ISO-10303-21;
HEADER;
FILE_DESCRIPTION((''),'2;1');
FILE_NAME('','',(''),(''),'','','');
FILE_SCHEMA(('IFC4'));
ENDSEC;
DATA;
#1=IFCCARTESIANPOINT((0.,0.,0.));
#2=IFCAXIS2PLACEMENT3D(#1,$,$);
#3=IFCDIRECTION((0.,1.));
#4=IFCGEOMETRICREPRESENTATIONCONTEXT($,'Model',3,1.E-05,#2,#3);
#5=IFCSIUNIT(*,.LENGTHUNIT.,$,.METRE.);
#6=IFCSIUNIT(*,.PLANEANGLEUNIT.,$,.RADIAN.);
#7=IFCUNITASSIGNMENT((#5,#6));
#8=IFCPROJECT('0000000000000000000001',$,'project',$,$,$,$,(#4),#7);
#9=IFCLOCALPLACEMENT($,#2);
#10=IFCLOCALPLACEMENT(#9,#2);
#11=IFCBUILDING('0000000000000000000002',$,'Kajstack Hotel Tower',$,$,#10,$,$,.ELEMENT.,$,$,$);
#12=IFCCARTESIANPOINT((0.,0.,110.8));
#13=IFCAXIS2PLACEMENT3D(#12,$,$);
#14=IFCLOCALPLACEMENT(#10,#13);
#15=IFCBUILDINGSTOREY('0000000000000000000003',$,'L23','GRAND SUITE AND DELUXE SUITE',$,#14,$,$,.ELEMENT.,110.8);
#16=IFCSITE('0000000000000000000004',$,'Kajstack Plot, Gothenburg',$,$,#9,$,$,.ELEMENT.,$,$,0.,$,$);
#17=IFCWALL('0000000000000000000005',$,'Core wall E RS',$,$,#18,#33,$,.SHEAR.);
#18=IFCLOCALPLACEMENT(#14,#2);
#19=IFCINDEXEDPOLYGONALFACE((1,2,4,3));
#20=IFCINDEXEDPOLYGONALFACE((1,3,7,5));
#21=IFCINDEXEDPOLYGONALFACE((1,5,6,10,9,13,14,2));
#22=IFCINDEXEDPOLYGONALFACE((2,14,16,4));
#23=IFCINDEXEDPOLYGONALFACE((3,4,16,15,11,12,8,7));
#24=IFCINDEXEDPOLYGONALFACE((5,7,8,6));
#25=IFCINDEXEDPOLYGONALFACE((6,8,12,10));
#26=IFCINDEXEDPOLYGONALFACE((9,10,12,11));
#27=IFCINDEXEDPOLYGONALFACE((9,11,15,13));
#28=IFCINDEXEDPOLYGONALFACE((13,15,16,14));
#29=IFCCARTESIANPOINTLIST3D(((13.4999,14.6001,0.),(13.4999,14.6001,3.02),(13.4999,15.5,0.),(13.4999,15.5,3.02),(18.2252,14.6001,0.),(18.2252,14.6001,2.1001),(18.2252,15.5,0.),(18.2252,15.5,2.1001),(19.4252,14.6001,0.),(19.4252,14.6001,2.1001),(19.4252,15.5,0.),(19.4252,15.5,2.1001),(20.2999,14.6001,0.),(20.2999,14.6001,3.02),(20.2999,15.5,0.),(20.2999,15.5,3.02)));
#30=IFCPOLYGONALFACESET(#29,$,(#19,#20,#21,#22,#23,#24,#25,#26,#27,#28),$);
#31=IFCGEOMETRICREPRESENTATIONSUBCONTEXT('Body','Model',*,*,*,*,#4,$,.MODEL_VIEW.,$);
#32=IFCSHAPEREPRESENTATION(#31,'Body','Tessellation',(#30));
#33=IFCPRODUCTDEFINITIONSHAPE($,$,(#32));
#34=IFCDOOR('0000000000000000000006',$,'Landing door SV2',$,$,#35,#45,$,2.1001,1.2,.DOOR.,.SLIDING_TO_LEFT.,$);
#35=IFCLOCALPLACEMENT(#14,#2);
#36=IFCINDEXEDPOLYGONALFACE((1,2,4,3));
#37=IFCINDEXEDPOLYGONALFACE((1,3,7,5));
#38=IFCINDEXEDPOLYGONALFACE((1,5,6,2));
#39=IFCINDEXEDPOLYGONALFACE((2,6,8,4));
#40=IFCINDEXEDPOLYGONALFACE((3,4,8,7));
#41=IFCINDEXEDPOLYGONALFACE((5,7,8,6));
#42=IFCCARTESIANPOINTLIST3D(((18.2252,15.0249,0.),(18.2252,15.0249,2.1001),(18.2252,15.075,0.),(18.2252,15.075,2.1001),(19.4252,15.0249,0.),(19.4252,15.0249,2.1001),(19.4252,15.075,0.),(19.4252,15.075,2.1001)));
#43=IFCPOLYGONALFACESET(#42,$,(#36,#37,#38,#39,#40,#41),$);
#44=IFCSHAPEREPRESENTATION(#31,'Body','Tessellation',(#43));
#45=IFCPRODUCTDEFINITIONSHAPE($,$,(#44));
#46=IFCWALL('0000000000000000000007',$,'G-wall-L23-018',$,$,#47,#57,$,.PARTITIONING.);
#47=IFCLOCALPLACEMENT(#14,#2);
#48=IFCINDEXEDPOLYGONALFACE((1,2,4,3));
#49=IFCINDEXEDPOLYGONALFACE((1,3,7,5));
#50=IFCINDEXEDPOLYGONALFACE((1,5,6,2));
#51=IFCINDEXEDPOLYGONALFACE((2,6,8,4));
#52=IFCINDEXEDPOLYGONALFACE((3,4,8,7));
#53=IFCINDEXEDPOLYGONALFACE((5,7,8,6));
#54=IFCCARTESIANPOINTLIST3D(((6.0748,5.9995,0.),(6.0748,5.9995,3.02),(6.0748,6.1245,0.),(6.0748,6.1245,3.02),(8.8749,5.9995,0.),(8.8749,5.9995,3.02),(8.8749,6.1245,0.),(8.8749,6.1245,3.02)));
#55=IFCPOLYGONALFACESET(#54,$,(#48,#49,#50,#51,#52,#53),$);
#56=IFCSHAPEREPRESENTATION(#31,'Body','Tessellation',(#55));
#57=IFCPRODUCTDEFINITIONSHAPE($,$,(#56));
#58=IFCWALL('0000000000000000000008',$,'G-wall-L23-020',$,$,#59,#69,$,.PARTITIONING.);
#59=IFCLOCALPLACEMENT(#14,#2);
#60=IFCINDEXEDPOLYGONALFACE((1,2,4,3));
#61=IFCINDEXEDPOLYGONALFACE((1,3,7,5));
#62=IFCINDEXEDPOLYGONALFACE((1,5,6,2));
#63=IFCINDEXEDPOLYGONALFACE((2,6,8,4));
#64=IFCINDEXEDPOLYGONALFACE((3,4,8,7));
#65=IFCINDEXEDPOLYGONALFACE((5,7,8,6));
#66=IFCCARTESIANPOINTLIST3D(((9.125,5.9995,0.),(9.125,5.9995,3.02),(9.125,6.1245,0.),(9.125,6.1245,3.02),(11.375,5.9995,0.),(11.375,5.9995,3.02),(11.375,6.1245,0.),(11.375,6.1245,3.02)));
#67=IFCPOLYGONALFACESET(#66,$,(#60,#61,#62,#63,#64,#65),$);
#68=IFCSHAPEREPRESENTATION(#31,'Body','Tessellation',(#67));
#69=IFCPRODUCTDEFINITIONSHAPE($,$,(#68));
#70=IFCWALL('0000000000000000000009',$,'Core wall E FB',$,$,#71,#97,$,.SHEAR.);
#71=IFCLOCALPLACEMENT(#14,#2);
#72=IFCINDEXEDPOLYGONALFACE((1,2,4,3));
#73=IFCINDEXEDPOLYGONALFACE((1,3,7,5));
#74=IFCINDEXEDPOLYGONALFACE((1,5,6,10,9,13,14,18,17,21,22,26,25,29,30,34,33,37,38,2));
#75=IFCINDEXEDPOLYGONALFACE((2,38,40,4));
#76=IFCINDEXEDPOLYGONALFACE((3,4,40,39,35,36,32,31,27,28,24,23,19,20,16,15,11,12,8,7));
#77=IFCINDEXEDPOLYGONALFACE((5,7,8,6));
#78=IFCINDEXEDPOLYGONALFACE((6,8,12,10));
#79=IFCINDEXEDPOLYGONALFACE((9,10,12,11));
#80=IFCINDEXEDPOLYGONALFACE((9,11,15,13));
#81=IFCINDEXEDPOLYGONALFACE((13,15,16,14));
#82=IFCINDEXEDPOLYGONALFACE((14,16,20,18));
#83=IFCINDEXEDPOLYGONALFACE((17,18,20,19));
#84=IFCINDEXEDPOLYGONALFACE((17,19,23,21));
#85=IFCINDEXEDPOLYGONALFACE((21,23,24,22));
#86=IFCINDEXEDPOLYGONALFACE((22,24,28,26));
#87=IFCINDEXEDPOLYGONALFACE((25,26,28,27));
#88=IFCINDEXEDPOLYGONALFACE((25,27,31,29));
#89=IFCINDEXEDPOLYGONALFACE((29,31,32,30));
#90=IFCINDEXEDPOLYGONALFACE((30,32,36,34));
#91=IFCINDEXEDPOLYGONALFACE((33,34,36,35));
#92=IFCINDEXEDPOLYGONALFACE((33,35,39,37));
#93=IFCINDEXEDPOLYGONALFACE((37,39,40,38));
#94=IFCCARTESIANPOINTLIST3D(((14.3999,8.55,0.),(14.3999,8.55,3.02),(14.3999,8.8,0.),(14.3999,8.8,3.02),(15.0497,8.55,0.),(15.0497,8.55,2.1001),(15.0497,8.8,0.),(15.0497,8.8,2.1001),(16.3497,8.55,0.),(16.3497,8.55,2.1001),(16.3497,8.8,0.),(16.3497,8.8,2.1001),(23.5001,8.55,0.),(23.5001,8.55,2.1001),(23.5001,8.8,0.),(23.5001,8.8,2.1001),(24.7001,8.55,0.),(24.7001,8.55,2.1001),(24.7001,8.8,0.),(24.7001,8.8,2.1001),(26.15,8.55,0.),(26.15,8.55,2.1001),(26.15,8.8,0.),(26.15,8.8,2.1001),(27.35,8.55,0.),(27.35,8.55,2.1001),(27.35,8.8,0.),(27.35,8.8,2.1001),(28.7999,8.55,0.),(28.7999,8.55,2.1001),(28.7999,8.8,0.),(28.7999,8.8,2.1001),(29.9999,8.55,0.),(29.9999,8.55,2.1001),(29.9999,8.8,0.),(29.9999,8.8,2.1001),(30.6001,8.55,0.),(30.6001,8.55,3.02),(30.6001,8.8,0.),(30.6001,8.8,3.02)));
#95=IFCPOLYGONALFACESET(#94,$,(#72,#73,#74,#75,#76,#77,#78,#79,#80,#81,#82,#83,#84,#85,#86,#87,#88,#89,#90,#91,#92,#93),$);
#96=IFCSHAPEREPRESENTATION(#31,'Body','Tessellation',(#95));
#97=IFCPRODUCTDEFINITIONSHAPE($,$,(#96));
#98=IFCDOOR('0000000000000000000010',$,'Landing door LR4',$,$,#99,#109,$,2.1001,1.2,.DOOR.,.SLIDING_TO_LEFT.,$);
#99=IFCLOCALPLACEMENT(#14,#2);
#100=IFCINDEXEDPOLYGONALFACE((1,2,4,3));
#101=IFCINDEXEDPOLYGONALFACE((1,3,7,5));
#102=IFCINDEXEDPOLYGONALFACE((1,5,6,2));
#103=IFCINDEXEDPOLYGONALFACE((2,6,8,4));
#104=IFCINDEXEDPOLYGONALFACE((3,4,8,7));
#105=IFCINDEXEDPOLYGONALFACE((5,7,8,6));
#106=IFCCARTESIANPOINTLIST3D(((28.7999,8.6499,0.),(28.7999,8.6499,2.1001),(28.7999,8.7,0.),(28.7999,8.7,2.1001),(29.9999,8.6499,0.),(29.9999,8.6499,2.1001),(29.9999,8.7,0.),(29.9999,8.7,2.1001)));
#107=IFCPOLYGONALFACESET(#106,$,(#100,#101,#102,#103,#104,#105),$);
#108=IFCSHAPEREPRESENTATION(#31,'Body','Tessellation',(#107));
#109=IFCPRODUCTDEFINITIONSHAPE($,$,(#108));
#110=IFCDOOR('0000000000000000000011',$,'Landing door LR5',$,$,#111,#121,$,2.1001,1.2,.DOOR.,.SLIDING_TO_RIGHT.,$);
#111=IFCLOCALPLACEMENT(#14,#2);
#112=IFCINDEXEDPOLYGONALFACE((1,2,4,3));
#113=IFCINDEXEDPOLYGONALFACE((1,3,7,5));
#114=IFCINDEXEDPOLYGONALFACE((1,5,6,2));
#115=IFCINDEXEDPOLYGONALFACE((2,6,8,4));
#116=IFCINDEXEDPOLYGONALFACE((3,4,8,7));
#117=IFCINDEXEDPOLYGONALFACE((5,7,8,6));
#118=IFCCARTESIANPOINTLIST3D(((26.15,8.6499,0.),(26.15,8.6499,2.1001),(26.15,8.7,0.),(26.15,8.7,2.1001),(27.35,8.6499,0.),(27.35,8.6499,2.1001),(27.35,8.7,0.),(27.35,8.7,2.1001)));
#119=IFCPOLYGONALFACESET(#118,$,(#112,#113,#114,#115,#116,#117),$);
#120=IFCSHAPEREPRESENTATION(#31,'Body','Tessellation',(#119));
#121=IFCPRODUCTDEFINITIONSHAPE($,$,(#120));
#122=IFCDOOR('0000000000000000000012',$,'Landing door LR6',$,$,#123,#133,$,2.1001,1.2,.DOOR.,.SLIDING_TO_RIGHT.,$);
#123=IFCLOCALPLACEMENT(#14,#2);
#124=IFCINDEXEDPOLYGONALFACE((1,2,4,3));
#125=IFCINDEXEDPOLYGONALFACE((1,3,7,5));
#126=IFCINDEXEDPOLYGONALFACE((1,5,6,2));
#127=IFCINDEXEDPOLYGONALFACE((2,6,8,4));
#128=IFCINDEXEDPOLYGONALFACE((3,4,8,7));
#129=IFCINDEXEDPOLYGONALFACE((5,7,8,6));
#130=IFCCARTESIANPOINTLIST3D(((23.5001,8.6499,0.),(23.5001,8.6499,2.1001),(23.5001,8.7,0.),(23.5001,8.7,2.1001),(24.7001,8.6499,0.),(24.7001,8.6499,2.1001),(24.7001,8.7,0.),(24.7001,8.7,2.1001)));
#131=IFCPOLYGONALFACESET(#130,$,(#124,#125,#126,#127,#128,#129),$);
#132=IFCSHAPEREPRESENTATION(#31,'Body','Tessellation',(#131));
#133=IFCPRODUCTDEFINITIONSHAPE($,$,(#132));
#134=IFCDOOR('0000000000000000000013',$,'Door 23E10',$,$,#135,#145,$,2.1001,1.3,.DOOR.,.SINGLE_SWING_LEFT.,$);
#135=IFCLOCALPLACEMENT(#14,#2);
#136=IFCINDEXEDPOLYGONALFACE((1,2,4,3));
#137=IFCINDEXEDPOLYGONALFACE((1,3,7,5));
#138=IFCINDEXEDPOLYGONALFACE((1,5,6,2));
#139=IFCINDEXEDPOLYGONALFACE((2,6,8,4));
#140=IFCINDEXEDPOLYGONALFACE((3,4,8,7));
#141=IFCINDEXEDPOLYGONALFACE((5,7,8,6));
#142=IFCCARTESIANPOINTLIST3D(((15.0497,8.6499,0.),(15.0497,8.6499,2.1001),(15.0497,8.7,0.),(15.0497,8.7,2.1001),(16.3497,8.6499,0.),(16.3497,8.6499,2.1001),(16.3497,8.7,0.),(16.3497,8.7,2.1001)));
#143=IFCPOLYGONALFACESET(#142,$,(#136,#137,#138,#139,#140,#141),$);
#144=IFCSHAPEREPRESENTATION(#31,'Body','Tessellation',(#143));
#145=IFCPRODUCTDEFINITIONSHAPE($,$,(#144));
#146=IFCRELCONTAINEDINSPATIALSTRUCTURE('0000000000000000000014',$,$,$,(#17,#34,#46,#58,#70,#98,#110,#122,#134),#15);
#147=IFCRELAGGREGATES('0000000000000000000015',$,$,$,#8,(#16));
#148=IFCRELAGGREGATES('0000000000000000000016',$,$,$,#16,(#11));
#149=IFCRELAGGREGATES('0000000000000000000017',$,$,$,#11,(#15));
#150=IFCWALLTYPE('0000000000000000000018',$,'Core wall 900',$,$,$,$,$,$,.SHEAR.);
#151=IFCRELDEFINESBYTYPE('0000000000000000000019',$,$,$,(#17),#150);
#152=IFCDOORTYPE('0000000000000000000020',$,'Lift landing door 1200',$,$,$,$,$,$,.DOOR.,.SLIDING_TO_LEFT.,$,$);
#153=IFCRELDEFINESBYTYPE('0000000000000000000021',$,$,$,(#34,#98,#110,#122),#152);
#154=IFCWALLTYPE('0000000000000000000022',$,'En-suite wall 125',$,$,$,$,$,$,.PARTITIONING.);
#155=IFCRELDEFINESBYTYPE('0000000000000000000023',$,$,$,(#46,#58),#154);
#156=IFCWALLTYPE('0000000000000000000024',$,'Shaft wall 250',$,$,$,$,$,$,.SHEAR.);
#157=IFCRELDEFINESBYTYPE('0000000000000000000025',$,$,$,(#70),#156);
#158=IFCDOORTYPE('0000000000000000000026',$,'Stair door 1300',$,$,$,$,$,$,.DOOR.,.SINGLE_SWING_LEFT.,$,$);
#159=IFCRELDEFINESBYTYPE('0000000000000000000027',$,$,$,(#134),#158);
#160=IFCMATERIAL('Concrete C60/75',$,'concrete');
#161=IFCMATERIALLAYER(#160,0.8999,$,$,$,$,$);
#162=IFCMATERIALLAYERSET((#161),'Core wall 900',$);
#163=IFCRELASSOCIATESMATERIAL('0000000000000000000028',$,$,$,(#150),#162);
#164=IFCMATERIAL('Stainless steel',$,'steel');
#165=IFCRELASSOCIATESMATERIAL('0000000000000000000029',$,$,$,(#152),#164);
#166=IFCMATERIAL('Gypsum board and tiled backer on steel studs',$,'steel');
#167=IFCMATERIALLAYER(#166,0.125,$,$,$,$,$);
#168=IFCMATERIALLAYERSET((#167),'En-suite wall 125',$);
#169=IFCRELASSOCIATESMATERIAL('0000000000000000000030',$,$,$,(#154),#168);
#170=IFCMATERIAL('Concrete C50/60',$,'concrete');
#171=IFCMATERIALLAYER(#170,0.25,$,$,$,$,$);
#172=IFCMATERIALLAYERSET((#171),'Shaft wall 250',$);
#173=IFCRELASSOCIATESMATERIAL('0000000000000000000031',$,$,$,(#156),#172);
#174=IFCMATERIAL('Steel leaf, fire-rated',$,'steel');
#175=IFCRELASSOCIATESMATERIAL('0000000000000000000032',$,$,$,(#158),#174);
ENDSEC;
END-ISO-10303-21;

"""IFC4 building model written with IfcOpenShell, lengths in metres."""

from ifc_helpers import new_model, si_unit, direction, frame, frame_2d, origin, place, context, subcontext, project, spatial, rectangle, extrude, material, layer, layer_set, type_object, element, fill, save


model = new_model("IFC4")

# Units and contexts
model_context = context("Model", 3, precision=1e-05, world=origin(), true_north=direction((0.0, 1.0)))
body_context = subcontext(model_context, "Body", "Model", "MODEL_VIEW")
ifc_project = project(units=[si_unit("LENGTHUNIT", "METRE"), si_unit("PLANEANGLEUNIT", "RADIAN")], contexts=[model_context])

# Site, building, storey
site_placement = place(None, origin())
site = spatial("IfcSite", under=ifc_project, at=site_placement, Name="Kajstack Plot, Gothenburg", CompositionType="ELEMENT", RefElevation=0.0)
building_placement = place(site_placement, origin())
building = spatial("IfcBuilding", under=site, at=building_placement, Name="Kajstack Hotel Tower", CompositionType="ELEMENT")
storey_placement = place(building_placement, frame((0.0, 0.0, 110.8)))
storey = spatial("IfcBuildingStorey", under=building, at=storey_placement, Name="L23", Description="GRAND SUITE AND DELUXE SUITE", CompositionType="ELEMENT", Elevation=110.8)

# Wall, opening, door
ifc_material_1 = material(Name="Concrete C60/75", Category="concrete")
ifc_layer_1 = layer(ifc_material_1, 0.8999)
ifc_layer_set_1 = layer_set([ifc_layer_1], Name="Core wall 900")
wall_type_1 = type_object("IfcWallType", Name="Core wall 900", PredefinedType="SHEAR", material=ifc_layer_set_1)
wall_1_placement = place(storey_placement, frame((13.5, 15.05, 0.0), z_axis=(0.0, 0.0, 1.0), x_axis=(1.0, 0.0, 0.0)))
wall_1 = element("IfcWall", 1, at=wall_1_placement, inside=storey, type_object=wall_type_1, Name="Core wall E RS", PredefinedType="SHEAR", context=body_context, shape_type="SweptSolid", body=[
    extrude(rectangle(XDim=6.8, YDim=0.8999, at=frame_2d((3.3999, 0.0))), origin(), (0.0, 0.0, 1.0), 3.02),
])
opening_1_placement = place(wall_1_placement, frame((4.7251, 0.0, 0.0)))
opening_1 = element("IfcOpeningElement", 2, at=opening_1_placement, cuts=wall_1, PredefinedType="OPENING", context=body_context, shape_type="SweptSolid", body=[
    extrude(rectangle(XDim=1.2, YDim=2.1001, at=frame_2d((0.6001, 1.05))), frame((0.0, 0.46, 0.0), z_axis=(0.0, -1.0, 0.0), x_axis=(1.0, 0.0, 0.0)), (0.0, 0.0, 1.0), 0.9199),
])
ifc_material_2 = material(Name="Stainless steel", Category="steel")
door_type_1 = type_object("IfcDoorType", Name="Lift landing door 1200", OperationType="SLIDING_TO_LEFT", PredefinedType="DOOR", material=ifc_material_2)
door_1_placement = place(opening_1_placement, origin())
door_1 = element("IfcDoor", 3, at=door_1_placement, inside=storey, type_object=door_type_1, Name="Landing door SV2", OperationType="SLIDING_TO_LEFT", OverallHeight=2.1001, OverallWidth=1.2, PredefinedType="DOOR", context=body_context, shape_type="SweptSolid", body=[
    extrude(rectangle(XDim=1.2, YDim=2.1001, at=frame_2d((0.6001, 1.05))), frame((0.0, 0.0249, 0.0), z_axis=(0.0, -1.0, 0.0), x_axis=(1.0, 0.0, 0.0)), (0.0, 0.0, 1.0), 0.05),
])
fill(opening_1, door_1)

# Walls
ifc_material_3 = material(Name="Gypsum board and tiled backer on steel studs", Category="steel")
ifc_layer_2 = layer(ifc_material_3, 0.125)
ifc_layer_set_2 = layer_set([ifc_layer_2], Name="En-suite wall 125")
wall_type_2 = type_object("IfcWallType", Name="En-suite wall 125", PredefinedType="PARTITIONING", material=ifc_layer_set_2)
wall_2_placement = place(storey_placement, frame((6.075, 6.062, 0.0), z_axis=(0.0, 0.0, 1.0), x_axis=(1.0, 0.0, 0.0)))
element("IfcWall", 4, at=wall_2_placement, inside=storey, type_object=wall_type_2, Name="G-wall-L23-018", PredefinedType="PARTITIONING", context=body_context, shape_type="SweptSolid", body=[
    extrude(rectangle(XDim=2.8, YDim=0.125, at=frame_2d((1.3999, 0.0))), origin(), (0.0, 0.0, 1.0), 3.02),
])
wall_3_placement = place(storey_placement, frame((9.125, 6.062, 0.0), z_axis=(0.0, 0.0, 1.0), x_axis=(1.0, 0.0, 0.0)))
element("IfcWall", 5, at=wall_3_placement, inside=storey, type_object=wall_type_2, Name="G-wall-L23-020", PredefinedType="PARTITIONING", context=body_context, shape_type="SweptSolid", body=[
    extrude(rectangle(XDim=2.25, YDim=0.125, at=frame_2d((1.125, 0.0))), origin(), (0.0, 0.0, 1.0), 3.02),
])

# Wall, openings, doors
ifc_material_4 = material(Name="Concrete C50/60", Category="concrete")
ifc_layer_3 = layer(ifc_material_4, 0.25)
ifc_layer_set_3 = layer_set([ifc_layer_3], Name="Shaft wall 250")
wall_type_3 = type_object("IfcWallType", Name="Shaft wall 250", PredefinedType="SHEAR", material=ifc_layer_set_3)
wall_4_placement = place(storey_placement, frame((14.3999, 8.675, 0.0), z_axis=(0.0, 0.0, 1.0), x_axis=(1.0, 0.0, 0.0)))
wall_4 = element("IfcWall", 6, at=wall_4_placement, inside=storey, type_object=wall_type_3, Name="Core wall E FB", PredefinedType="SHEAR", context=body_context, shape_type="SweptSolid", body=[
    extrude(rectangle(XDim=16.2002, YDim=0.25, at=frame_2d((8.1001, 0.0))), origin(), (0.0, 0.0, 1.0), 3.02),
])
opening_2_placement = place(wall_4_placement, frame((14.3999, 0.0, 0.0)))
opening_2 = element("IfcOpeningElement", 7, at=opening_2_placement, cuts=wall_4, PredefinedType="OPENING", context=body_context, shape_type="SweptSolid", body=[
    extrude(rectangle(XDim=1.2, YDim=2.1001, at=frame_2d((0.6001, 1.05))), frame((0.0, 0.135, 0.0), z_axis=(0.0, -1.0, 0.0), x_axis=(1.0, 0.0, 0.0)), (0.0, 0.0, 1.0), 0.27),
])
opening_3_placement = place(wall_4_placement, frame((11.75, 0.0, 0.0)))
opening_3 = element("IfcOpeningElement", 8, at=opening_3_placement, cuts=wall_4, PredefinedType="OPENING", context=body_context, shape_type="SweptSolid", body=[
    extrude(rectangle(XDim=1.2, YDim=2.1001, at=frame_2d((0.6001, 1.05))), frame((0.0, 0.135, 0.0), z_axis=(0.0, -1.0, 0.0), x_axis=(1.0, 0.0, 0.0)), (0.0, 0.0, 1.0), 0.27),
])
opening_4_placement = place(wall_4_placement, frame((9.1001, 0.0, 0.0)))
opening_4 = element("IfcOpeningElement", 9, at=opening_4_placement, cuts=wall_4, PredefinedType="OPENING", context=body_context, shape_type="SweptSolid", body=[
    extrude(rectangle(XDim=1.2, YDim=2.1001, at=frame_2d((0.6001, 1.05))), frame((0.0, 0.135, 0.0), z_axis=(0.0, -1.0, 0.0), x_axis=(1.0, 0.0, 0.0)), (0.0, 0.0, 1.0), 0.27),
])
opening_5_placement = place(wall_4_placement, frame((0.6499, 0.0, 0.0)))
opening_5 = element("IfcOpeningElement", 10, at=opening_5_placement, cuts=wall_4, PredefinedType="OPENING", context=body_context, shape_type="SweptSolid", body=[
    extrude(rectangle(XDim=1.3, YDim=2.1001, at=frame_2d((0.6499, 1.05))), frame((0.0, 0.135, 0.0), z_axis=(0.0, -1.0, 0.0), x_axis=(1.0, 0.0, 0.0)), (0.0, 0.0, 1.0), 0.27),
])
door_2_placement = place(opening_2_placement, origin())
door_2 = element("IfcDoor", 11, at=door_2_placement, inside=storey, type_object=door_type_1, Name="Landing door LR4", OperationType="SLIDING_TO_LEFT", OverallHeight=2.1001, OverallWidth=1.2, PredefinedType="DOOR", context=body_context, shape_type="SweptSolid", body=[
    extrude(rectangle(XDim=1.2, YDim=2.1001, at=frame_2d((0.6001, 1.05))), frame((0.0, 0.0249, 0.0), z_axis=(0.0, -1.0, 0.0), x_axis=(1.0, 0.0, 0.0)), (0.0, 0.0, 1.0), 0.05),
])
fill(opening_2, door_2)
door_3_placement = place(opening_3_placement, origin())
door_3 = element("IfcDoor", 12, at=door_3_placement, inside=storey, type_object=door_type_1, Name="Landing door LR5", OperationType="SLIDING_TO_RIGHT", OverallHeight=2.1001, OverallWidth=1.2, PredefinedType="DOOR", context=body_context, shape_type="SweptSolid", body=[
    extrude(rectangle(XDim=1.2, YDim=2.1001, at=frame_2d((0.6001, 1.05))), frame((0.0, 0.0249, 0.0), z_axis=(0.0, -1.0, 0.0), x_axis=(1.0, 0.0, 0.0)), (0.0, 0.0, 1.0), 0.05),
])
fill(opening_3, door_3)
door_4_placement = place(opening_4_placement, origin())
door_4 = element("IfcDoor", 13, at=door_4_placement, inside=storey, type_object=door_type_1, Name="Landing door LR6", OperationType="SLIDING_TO_RIGHT", OverallHeight=2.1001, OverallWidth=1.2, PredefinedType="DOOR", context=body_context, shape_type="SweptSolid", body=[
    extrude(rectangle(XDim=1.2, YDim=2.1001, at=frame_2d((0.6001, 1.05))), frame((0.0, 0.0249, 0.0), z_axis=(0.0, -1.0, 0.0), x_axis=(1.0, 0.0, 0.0)), (0.0, 0.0, 1.0), 0.05),
])
fill(opening_4, door_4)
ifc_material_5 = material(Name="Steel leaf, fire-rated", Category="steel")
door_type_2 = type_object("IfcDoorType", Name="Stair door 1300", OperationType="SINGLE_SWING_LEFT", PredefinedType="DOOR", material=ifc_material_5)
door_5_placement = place(opening_5_placement, origin())
door_5 = element("IfcDoor", 14, at=door_5_placement, inside=storey, type_object=door_type_2, Name="Door 23E10", OperationType="SINGLE_SWING_LEFT", OverallHeight=2.1001, OverallWidth=1.3, PredefinedType="DOOR", context=body_context, shape_type="SweptSolid", body=[
    extrude(rectangle(XDim=1.3, YDim=2.1001, at=frame_2d((0.6499, 1.05))), frame((0.0, 0.0249, 0.0), z_axis=(0.0, -1.0, 0.0), x_axis=(1.0, 0.0, 0.0)), (0.0, 0.0, 1.0), 0.05),
])
fill(opening_5, door_5)

save(model, "model.ifc")
